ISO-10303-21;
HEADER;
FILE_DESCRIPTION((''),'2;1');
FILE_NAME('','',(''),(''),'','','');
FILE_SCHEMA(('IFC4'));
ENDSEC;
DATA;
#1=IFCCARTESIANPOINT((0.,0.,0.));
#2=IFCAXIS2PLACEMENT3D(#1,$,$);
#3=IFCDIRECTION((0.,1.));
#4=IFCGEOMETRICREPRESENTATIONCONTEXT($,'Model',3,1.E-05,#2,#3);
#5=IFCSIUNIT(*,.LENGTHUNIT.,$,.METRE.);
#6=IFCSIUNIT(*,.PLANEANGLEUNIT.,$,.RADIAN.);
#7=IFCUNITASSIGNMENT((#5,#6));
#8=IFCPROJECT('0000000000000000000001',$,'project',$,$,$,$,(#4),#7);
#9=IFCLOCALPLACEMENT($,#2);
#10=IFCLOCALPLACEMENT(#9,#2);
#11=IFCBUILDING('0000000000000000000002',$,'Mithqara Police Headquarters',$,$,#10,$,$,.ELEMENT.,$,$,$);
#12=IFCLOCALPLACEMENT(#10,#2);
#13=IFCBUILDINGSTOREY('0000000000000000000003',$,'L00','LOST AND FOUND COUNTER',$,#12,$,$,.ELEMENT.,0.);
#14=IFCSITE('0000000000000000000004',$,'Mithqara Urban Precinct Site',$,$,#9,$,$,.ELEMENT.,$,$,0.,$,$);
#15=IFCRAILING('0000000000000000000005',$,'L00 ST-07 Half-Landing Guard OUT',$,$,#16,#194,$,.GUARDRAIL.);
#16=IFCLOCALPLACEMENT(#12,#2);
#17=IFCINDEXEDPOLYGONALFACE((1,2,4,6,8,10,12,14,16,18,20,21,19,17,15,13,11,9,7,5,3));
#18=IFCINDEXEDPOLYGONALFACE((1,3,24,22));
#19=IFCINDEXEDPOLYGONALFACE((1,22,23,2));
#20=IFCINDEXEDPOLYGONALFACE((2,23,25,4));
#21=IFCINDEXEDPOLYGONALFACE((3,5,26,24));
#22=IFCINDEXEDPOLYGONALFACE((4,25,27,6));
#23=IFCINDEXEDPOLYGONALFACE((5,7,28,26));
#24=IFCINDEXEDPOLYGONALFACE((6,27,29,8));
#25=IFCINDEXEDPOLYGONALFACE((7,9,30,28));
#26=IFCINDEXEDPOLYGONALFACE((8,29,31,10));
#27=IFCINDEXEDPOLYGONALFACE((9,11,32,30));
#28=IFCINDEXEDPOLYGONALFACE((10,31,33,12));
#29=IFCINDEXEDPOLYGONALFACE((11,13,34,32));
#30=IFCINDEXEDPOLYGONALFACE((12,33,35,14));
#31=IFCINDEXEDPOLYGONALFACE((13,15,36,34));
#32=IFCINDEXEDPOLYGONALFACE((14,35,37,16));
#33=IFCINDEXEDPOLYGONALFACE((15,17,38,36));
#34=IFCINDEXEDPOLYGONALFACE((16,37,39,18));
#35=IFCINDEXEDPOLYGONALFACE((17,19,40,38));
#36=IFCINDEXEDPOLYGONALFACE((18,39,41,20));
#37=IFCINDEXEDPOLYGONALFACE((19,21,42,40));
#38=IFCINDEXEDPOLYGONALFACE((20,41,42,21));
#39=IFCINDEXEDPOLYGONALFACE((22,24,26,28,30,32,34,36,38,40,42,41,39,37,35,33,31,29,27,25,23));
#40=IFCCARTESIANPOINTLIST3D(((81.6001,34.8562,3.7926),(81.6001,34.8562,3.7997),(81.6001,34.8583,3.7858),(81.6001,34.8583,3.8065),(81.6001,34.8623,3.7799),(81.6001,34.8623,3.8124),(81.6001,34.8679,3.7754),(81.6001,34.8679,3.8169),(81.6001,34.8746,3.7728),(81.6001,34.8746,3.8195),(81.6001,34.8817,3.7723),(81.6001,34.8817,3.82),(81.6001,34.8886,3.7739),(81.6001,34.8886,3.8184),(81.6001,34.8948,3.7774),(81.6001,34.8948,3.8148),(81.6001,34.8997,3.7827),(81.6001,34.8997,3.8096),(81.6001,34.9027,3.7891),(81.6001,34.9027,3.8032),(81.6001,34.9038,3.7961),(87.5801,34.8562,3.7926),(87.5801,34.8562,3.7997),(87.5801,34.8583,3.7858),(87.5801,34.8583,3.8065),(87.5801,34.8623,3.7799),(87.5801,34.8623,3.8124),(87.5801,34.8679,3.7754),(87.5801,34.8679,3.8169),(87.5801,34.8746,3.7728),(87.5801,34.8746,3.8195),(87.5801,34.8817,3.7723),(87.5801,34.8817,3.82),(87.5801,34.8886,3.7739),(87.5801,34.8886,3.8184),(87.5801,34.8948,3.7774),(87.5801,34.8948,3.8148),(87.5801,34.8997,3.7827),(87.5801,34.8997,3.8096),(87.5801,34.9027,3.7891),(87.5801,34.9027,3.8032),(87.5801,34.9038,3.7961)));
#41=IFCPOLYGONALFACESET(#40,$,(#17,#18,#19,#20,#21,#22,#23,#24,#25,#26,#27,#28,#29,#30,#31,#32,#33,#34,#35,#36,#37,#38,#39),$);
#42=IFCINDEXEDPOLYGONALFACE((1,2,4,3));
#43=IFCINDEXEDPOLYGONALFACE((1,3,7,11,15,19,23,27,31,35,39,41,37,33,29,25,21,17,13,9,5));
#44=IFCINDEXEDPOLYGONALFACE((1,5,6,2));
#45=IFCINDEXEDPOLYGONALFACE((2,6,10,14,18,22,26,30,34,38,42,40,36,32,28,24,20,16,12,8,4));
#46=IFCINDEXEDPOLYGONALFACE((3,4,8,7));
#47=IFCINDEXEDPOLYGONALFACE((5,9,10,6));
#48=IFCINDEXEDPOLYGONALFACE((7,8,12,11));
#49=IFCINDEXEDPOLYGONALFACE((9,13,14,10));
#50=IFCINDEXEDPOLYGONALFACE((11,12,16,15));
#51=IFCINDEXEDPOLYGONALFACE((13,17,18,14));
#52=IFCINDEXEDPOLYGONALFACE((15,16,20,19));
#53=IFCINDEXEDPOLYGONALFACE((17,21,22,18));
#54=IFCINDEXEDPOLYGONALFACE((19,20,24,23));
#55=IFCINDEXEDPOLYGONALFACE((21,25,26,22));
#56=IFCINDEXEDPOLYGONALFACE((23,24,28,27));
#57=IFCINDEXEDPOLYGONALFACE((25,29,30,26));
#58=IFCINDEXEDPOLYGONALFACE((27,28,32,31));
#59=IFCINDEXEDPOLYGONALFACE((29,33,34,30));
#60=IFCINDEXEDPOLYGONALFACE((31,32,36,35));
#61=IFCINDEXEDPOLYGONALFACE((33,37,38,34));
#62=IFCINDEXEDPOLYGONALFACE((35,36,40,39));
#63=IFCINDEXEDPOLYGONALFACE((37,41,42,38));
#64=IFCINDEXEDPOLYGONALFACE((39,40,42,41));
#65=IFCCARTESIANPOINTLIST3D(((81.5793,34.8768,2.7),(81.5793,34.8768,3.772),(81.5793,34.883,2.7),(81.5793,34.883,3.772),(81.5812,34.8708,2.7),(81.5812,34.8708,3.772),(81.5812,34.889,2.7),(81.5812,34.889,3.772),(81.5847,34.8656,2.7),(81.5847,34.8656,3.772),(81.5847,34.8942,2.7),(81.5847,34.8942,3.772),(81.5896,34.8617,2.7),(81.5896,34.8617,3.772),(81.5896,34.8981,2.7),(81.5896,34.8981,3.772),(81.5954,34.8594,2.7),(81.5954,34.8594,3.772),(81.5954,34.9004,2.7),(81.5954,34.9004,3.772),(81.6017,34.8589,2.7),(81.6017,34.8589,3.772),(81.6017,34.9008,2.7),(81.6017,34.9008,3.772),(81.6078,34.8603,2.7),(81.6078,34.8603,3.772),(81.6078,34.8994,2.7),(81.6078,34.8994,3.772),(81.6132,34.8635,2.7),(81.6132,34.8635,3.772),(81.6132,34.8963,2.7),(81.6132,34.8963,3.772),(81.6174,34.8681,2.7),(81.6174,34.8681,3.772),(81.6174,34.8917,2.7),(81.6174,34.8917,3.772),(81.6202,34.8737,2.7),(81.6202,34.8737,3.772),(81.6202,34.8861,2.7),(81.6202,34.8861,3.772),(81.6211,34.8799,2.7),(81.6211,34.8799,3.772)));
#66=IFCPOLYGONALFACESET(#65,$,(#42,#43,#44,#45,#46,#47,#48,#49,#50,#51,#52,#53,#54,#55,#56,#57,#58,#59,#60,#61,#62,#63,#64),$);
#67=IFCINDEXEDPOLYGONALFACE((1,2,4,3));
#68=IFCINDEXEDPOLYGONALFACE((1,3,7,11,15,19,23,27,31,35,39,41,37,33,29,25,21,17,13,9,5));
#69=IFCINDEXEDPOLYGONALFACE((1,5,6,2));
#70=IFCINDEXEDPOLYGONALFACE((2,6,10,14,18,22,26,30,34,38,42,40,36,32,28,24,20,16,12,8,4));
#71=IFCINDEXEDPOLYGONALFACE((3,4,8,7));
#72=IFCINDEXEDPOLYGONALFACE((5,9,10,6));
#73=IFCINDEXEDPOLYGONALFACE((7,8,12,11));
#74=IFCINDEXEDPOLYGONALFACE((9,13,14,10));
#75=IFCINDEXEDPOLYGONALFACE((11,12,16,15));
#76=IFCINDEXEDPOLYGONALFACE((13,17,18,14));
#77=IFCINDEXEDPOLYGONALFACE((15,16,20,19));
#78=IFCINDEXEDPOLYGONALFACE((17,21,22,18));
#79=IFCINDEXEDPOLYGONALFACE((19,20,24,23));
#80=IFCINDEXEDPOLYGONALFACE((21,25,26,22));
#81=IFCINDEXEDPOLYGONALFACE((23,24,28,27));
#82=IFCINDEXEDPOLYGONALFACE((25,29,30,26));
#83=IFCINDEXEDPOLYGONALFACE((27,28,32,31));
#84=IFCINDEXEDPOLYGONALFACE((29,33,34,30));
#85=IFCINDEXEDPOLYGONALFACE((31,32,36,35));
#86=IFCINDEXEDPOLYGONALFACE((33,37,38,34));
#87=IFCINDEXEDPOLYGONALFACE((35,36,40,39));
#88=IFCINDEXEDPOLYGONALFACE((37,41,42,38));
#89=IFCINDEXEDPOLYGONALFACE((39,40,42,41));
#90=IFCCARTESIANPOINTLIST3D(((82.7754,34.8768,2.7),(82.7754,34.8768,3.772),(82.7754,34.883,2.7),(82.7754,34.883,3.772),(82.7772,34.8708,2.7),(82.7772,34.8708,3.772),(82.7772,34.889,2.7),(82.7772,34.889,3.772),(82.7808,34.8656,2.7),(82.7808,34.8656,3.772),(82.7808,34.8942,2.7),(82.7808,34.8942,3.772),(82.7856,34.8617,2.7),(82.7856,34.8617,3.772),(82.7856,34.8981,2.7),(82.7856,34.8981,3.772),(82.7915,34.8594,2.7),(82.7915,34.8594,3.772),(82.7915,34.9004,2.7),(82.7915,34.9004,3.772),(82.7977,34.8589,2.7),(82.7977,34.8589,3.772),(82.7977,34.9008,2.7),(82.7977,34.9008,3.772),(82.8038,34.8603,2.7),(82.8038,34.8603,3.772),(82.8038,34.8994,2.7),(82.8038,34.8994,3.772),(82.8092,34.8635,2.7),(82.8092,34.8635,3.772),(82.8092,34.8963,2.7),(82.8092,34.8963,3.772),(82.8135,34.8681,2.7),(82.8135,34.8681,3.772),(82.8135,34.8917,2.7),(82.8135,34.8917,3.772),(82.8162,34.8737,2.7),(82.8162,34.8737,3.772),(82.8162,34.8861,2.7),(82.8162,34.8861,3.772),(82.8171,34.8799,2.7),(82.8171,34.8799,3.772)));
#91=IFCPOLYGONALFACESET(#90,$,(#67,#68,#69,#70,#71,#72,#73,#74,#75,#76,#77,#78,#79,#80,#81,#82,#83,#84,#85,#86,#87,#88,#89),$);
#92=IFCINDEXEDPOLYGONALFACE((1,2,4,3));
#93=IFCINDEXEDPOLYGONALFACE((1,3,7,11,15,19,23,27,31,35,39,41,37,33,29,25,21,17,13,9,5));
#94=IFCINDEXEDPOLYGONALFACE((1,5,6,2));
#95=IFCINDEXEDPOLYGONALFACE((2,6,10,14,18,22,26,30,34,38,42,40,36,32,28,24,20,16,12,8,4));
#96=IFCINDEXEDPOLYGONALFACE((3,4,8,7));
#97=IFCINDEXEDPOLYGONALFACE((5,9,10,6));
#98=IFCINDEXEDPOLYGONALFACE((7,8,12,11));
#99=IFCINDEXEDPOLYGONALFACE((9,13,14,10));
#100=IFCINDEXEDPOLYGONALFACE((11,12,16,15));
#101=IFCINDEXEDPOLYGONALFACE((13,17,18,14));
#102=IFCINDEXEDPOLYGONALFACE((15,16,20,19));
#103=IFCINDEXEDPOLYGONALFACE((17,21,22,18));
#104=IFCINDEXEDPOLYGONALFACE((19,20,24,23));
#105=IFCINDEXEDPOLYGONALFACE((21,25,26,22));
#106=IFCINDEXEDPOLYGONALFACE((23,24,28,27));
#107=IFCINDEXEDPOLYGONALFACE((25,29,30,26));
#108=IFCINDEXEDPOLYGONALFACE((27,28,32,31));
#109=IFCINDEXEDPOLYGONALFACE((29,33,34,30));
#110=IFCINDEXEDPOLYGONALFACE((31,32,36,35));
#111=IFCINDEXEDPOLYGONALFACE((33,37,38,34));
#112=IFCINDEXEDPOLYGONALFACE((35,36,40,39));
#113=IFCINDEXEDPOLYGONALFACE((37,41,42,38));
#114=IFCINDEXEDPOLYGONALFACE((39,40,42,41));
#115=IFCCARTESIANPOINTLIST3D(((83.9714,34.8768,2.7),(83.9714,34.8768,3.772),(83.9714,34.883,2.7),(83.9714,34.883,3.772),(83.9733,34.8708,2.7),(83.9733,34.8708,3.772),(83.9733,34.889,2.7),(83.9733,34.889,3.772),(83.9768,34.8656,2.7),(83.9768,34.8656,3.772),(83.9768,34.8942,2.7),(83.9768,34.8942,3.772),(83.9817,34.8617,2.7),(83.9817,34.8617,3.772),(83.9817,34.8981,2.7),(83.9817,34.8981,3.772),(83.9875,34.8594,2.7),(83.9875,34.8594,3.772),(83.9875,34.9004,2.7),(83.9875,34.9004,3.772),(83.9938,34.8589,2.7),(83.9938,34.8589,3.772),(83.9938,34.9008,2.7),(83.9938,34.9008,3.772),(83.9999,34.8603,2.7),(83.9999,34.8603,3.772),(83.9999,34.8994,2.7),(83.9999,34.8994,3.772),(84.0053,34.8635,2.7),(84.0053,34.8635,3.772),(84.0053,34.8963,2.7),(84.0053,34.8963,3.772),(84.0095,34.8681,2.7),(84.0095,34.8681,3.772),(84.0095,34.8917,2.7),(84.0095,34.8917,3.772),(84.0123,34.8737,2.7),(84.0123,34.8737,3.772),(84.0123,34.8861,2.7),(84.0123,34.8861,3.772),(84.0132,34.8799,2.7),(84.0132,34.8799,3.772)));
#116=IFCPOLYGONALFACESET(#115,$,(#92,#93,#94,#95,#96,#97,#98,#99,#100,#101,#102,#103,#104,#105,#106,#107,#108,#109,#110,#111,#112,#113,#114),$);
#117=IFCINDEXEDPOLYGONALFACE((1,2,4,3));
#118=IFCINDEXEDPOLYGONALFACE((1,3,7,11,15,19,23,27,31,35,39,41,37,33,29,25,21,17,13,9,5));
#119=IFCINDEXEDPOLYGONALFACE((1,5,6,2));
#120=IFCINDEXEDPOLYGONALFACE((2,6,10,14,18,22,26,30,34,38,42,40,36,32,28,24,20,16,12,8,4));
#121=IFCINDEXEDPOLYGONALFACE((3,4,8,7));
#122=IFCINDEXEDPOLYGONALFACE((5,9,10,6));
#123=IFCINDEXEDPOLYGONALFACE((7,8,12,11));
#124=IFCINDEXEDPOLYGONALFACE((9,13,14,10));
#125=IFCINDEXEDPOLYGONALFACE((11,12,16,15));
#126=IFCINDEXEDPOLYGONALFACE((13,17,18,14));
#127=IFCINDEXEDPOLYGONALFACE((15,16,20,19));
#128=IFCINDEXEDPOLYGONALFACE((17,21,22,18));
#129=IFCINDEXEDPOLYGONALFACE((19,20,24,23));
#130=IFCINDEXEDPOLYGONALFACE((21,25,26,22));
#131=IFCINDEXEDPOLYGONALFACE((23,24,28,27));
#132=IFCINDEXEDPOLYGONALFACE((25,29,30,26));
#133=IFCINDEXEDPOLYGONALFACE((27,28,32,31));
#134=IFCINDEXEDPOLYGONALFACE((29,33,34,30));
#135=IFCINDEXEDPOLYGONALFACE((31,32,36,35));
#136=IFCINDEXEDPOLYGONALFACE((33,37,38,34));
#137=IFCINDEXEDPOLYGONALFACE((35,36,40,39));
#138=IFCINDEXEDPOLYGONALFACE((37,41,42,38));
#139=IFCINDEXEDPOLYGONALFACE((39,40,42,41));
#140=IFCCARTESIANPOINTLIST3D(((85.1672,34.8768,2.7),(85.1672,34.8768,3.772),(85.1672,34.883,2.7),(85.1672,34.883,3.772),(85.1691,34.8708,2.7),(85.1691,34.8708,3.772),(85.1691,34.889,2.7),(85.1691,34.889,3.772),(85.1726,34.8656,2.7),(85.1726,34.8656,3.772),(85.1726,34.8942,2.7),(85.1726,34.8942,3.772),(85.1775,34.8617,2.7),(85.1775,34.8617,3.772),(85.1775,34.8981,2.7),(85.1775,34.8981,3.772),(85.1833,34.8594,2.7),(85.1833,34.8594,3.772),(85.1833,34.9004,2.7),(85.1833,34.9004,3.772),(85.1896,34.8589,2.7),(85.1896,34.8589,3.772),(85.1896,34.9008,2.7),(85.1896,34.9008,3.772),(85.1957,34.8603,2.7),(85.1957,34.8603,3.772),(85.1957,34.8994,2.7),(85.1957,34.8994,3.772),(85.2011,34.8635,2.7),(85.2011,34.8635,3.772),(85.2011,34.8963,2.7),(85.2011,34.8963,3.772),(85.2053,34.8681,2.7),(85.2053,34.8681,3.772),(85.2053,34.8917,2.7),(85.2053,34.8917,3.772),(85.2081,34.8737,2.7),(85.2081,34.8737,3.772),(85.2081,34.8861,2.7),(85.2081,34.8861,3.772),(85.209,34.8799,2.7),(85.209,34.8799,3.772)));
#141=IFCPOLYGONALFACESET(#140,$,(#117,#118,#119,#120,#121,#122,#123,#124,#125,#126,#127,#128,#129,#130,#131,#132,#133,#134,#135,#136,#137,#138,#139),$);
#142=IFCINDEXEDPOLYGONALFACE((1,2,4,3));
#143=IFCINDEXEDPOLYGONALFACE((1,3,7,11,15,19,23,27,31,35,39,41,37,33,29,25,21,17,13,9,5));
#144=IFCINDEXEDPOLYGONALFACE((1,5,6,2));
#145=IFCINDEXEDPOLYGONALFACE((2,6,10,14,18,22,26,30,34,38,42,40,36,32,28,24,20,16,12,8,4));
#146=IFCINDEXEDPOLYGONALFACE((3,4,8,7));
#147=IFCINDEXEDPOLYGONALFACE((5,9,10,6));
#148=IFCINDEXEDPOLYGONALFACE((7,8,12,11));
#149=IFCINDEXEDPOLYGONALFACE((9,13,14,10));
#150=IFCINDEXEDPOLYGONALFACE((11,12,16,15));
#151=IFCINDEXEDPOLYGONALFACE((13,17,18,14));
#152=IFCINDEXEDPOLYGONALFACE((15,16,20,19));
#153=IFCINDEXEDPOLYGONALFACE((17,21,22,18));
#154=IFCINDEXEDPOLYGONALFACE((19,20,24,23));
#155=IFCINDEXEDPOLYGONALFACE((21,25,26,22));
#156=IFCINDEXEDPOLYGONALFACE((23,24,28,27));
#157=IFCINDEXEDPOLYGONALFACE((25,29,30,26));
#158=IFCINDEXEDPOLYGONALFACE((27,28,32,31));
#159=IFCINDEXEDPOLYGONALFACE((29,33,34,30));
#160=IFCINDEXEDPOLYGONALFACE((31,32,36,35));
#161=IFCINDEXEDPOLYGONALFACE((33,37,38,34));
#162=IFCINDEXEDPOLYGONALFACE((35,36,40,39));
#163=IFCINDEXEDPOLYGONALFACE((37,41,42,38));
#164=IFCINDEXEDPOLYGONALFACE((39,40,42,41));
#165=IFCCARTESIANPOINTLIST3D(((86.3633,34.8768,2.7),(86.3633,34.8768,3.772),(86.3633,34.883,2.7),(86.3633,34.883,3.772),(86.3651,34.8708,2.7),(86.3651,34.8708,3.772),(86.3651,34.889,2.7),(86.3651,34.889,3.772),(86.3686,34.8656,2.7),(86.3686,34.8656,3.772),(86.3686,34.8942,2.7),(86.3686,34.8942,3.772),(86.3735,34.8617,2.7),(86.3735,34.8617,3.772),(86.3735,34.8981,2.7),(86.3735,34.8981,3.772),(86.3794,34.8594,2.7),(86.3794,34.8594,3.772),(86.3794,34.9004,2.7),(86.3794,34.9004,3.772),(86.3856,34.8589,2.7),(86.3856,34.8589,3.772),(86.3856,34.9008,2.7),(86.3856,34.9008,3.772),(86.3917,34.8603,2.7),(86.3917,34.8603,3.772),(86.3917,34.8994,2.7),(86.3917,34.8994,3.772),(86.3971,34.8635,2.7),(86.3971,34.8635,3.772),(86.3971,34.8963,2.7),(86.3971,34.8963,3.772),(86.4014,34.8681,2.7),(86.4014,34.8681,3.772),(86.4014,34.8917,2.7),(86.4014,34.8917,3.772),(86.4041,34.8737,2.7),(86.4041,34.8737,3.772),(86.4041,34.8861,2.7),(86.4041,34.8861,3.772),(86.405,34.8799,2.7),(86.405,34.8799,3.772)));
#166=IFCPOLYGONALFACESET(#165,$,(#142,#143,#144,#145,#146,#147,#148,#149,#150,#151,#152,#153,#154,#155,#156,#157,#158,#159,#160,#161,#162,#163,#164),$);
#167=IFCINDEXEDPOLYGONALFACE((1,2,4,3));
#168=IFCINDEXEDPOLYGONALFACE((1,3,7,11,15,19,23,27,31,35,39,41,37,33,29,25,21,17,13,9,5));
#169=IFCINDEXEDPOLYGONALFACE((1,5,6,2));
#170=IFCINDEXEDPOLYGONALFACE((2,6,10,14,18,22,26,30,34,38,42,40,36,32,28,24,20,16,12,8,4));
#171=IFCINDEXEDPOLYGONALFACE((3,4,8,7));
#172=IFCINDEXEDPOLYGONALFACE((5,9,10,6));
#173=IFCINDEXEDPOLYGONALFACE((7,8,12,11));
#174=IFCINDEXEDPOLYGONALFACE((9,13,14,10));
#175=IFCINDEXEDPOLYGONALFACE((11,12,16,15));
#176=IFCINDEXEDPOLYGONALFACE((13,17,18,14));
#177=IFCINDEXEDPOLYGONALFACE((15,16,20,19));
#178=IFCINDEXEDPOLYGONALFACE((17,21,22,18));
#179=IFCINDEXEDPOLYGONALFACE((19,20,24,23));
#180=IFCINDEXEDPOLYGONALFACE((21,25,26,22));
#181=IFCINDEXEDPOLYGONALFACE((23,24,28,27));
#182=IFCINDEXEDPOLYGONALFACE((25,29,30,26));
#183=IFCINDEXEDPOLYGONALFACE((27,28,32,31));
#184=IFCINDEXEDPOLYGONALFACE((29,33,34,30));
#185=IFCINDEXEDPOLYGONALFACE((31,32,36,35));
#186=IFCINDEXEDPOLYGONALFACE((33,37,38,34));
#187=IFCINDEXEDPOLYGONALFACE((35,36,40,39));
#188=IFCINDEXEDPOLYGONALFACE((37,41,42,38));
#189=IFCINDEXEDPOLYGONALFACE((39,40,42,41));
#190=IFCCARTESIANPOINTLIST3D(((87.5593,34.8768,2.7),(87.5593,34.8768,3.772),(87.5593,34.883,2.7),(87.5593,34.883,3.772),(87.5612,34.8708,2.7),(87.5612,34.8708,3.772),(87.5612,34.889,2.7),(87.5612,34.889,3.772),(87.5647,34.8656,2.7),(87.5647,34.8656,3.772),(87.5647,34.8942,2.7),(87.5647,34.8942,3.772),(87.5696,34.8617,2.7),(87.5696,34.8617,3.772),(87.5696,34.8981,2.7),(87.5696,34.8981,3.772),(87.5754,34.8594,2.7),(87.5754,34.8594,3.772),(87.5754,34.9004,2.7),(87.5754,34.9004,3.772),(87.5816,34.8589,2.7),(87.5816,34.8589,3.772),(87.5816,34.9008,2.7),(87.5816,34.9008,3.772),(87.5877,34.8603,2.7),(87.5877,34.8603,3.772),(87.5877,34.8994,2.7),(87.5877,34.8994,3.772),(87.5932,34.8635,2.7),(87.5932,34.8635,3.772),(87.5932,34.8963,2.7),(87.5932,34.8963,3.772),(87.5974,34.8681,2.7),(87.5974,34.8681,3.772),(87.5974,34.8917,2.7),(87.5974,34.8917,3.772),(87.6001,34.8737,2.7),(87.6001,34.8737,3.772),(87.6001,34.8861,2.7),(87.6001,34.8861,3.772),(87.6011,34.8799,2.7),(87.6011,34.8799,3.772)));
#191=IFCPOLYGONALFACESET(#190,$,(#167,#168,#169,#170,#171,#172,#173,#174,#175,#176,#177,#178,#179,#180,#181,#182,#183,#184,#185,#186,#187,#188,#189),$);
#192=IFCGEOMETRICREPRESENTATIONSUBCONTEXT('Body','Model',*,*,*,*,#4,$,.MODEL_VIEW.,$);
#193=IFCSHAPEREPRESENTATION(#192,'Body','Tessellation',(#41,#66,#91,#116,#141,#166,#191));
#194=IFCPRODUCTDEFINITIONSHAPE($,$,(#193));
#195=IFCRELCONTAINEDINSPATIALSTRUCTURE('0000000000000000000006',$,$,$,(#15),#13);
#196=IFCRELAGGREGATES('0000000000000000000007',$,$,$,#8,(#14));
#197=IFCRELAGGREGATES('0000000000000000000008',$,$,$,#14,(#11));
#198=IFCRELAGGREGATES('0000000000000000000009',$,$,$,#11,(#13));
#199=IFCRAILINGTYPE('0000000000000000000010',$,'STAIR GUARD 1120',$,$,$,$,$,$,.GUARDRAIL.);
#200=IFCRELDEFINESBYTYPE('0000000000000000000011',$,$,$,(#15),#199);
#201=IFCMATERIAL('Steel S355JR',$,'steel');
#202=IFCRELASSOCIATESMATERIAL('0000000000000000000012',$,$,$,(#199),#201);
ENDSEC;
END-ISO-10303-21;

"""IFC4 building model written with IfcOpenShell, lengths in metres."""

from ifc_helpers import new_model, si_unit, direction, frame, origin, origin_2d, place, context, subcontext, project, spatial, circle, extrude, material, type_object, element, save


model = new_model("IFC4")

# Units and contexts
model_context = context("Model", 3, precision=1e-05, world=origin(), true_north=direction((0.0, 1.0)))
body_context = subcontext(model_context, "Body", "Model", "MODEL_VIEW")
ifc_project = project(units=[si_unit("LENGTHUNIT", "METRE"), si_unit("PLANEANGLEUNIT", "RADIAN")], contexts=[model_context])

# Site, building, storey
site_placement = place(None, origin())
site = spatial("IfcSite", under=ifc_project, at=site_placement, Name="Mithqara Urban Precinct Site", CompositionType="ELEMENT", RefElevation=0.0)
building_placement = place(site_placement, origin())
building = spatial("IfcBuilding", under=site, at=building_placement, Name="Mithqara Police Headquarters", CompositionType="ELEMENT")
storey_placement = place(building_placement, origin())
storey = spatial("IfcBuildingStorey", under=building, at=storey_placement, Name="L00", Description="LOST AND FOUND COUNTER", CompositionType="ELEMENT", Elevation=0.0)

# Shared definitions
ifc_material_1 = material(Name="Steel S355JR", Category="steel")

# Railing
railing_type_1 = type_object("IfcRailingType", Name="STAIR GUARD 1120", PredefinedType="GUARDRAIL", material=ifc_material_1)
for number, where, name in (
    (1, (81.6001, 34.8799, 2.7), "L00 ST-07 Half-Landing Guard OUT"),
):
    element("IfcRailing", number, at=place(storey_placement, frame(where)), inside=storey, type_object=railing_type_1, Name=name, PredefinedType="GUARDRAIL", context=body_context, shape_type="SweptSolid", body=[
        extrude(circle(Radius=0.0239, at=origin_2d()), frame((0.0, 0.0, 1.0962), z_axis=(1.0, 0.0, 0.0), x_axis=(0.0, 1.0, 0.0)), (0.0, 0.0, 1.0), 5.98),
        extrude(circle(Radius=0.021, at=origin_2d()), origin(), (0.0, 0.0, 1.0), 1.072),
        extrude(circle(Radius=0.021, at=origin_2d()), frame((1.196, 0.0, 0.0)), (0.0, 0.0, 1.0), 1.072),
        extrude(circle(Radius=0.021, at=origin_2d()), frame((2.3921, 0.0, 0.0)), (0.0, 0.0, 1.0), 1.072),
        extrude(circle(Radius=0.021, at=origin_2d()), frame((3.5879, 0.0, 0.0)), (0.0, 0.0, 1.0), 1.072),
        extrude(circle(Radius=0.021, at=origin_2d()), frame((4.7839, 0.0, 0.0)), (0.0, 0.0, 1.0), 1.072),
        extrude(circle(Radius=0.021, at=origin_2d()), frame((5.98, 0.0, 0.0)), (0.0, 0.0, 1.0), 1.072),
    ])

save(model, "model.ifc")
